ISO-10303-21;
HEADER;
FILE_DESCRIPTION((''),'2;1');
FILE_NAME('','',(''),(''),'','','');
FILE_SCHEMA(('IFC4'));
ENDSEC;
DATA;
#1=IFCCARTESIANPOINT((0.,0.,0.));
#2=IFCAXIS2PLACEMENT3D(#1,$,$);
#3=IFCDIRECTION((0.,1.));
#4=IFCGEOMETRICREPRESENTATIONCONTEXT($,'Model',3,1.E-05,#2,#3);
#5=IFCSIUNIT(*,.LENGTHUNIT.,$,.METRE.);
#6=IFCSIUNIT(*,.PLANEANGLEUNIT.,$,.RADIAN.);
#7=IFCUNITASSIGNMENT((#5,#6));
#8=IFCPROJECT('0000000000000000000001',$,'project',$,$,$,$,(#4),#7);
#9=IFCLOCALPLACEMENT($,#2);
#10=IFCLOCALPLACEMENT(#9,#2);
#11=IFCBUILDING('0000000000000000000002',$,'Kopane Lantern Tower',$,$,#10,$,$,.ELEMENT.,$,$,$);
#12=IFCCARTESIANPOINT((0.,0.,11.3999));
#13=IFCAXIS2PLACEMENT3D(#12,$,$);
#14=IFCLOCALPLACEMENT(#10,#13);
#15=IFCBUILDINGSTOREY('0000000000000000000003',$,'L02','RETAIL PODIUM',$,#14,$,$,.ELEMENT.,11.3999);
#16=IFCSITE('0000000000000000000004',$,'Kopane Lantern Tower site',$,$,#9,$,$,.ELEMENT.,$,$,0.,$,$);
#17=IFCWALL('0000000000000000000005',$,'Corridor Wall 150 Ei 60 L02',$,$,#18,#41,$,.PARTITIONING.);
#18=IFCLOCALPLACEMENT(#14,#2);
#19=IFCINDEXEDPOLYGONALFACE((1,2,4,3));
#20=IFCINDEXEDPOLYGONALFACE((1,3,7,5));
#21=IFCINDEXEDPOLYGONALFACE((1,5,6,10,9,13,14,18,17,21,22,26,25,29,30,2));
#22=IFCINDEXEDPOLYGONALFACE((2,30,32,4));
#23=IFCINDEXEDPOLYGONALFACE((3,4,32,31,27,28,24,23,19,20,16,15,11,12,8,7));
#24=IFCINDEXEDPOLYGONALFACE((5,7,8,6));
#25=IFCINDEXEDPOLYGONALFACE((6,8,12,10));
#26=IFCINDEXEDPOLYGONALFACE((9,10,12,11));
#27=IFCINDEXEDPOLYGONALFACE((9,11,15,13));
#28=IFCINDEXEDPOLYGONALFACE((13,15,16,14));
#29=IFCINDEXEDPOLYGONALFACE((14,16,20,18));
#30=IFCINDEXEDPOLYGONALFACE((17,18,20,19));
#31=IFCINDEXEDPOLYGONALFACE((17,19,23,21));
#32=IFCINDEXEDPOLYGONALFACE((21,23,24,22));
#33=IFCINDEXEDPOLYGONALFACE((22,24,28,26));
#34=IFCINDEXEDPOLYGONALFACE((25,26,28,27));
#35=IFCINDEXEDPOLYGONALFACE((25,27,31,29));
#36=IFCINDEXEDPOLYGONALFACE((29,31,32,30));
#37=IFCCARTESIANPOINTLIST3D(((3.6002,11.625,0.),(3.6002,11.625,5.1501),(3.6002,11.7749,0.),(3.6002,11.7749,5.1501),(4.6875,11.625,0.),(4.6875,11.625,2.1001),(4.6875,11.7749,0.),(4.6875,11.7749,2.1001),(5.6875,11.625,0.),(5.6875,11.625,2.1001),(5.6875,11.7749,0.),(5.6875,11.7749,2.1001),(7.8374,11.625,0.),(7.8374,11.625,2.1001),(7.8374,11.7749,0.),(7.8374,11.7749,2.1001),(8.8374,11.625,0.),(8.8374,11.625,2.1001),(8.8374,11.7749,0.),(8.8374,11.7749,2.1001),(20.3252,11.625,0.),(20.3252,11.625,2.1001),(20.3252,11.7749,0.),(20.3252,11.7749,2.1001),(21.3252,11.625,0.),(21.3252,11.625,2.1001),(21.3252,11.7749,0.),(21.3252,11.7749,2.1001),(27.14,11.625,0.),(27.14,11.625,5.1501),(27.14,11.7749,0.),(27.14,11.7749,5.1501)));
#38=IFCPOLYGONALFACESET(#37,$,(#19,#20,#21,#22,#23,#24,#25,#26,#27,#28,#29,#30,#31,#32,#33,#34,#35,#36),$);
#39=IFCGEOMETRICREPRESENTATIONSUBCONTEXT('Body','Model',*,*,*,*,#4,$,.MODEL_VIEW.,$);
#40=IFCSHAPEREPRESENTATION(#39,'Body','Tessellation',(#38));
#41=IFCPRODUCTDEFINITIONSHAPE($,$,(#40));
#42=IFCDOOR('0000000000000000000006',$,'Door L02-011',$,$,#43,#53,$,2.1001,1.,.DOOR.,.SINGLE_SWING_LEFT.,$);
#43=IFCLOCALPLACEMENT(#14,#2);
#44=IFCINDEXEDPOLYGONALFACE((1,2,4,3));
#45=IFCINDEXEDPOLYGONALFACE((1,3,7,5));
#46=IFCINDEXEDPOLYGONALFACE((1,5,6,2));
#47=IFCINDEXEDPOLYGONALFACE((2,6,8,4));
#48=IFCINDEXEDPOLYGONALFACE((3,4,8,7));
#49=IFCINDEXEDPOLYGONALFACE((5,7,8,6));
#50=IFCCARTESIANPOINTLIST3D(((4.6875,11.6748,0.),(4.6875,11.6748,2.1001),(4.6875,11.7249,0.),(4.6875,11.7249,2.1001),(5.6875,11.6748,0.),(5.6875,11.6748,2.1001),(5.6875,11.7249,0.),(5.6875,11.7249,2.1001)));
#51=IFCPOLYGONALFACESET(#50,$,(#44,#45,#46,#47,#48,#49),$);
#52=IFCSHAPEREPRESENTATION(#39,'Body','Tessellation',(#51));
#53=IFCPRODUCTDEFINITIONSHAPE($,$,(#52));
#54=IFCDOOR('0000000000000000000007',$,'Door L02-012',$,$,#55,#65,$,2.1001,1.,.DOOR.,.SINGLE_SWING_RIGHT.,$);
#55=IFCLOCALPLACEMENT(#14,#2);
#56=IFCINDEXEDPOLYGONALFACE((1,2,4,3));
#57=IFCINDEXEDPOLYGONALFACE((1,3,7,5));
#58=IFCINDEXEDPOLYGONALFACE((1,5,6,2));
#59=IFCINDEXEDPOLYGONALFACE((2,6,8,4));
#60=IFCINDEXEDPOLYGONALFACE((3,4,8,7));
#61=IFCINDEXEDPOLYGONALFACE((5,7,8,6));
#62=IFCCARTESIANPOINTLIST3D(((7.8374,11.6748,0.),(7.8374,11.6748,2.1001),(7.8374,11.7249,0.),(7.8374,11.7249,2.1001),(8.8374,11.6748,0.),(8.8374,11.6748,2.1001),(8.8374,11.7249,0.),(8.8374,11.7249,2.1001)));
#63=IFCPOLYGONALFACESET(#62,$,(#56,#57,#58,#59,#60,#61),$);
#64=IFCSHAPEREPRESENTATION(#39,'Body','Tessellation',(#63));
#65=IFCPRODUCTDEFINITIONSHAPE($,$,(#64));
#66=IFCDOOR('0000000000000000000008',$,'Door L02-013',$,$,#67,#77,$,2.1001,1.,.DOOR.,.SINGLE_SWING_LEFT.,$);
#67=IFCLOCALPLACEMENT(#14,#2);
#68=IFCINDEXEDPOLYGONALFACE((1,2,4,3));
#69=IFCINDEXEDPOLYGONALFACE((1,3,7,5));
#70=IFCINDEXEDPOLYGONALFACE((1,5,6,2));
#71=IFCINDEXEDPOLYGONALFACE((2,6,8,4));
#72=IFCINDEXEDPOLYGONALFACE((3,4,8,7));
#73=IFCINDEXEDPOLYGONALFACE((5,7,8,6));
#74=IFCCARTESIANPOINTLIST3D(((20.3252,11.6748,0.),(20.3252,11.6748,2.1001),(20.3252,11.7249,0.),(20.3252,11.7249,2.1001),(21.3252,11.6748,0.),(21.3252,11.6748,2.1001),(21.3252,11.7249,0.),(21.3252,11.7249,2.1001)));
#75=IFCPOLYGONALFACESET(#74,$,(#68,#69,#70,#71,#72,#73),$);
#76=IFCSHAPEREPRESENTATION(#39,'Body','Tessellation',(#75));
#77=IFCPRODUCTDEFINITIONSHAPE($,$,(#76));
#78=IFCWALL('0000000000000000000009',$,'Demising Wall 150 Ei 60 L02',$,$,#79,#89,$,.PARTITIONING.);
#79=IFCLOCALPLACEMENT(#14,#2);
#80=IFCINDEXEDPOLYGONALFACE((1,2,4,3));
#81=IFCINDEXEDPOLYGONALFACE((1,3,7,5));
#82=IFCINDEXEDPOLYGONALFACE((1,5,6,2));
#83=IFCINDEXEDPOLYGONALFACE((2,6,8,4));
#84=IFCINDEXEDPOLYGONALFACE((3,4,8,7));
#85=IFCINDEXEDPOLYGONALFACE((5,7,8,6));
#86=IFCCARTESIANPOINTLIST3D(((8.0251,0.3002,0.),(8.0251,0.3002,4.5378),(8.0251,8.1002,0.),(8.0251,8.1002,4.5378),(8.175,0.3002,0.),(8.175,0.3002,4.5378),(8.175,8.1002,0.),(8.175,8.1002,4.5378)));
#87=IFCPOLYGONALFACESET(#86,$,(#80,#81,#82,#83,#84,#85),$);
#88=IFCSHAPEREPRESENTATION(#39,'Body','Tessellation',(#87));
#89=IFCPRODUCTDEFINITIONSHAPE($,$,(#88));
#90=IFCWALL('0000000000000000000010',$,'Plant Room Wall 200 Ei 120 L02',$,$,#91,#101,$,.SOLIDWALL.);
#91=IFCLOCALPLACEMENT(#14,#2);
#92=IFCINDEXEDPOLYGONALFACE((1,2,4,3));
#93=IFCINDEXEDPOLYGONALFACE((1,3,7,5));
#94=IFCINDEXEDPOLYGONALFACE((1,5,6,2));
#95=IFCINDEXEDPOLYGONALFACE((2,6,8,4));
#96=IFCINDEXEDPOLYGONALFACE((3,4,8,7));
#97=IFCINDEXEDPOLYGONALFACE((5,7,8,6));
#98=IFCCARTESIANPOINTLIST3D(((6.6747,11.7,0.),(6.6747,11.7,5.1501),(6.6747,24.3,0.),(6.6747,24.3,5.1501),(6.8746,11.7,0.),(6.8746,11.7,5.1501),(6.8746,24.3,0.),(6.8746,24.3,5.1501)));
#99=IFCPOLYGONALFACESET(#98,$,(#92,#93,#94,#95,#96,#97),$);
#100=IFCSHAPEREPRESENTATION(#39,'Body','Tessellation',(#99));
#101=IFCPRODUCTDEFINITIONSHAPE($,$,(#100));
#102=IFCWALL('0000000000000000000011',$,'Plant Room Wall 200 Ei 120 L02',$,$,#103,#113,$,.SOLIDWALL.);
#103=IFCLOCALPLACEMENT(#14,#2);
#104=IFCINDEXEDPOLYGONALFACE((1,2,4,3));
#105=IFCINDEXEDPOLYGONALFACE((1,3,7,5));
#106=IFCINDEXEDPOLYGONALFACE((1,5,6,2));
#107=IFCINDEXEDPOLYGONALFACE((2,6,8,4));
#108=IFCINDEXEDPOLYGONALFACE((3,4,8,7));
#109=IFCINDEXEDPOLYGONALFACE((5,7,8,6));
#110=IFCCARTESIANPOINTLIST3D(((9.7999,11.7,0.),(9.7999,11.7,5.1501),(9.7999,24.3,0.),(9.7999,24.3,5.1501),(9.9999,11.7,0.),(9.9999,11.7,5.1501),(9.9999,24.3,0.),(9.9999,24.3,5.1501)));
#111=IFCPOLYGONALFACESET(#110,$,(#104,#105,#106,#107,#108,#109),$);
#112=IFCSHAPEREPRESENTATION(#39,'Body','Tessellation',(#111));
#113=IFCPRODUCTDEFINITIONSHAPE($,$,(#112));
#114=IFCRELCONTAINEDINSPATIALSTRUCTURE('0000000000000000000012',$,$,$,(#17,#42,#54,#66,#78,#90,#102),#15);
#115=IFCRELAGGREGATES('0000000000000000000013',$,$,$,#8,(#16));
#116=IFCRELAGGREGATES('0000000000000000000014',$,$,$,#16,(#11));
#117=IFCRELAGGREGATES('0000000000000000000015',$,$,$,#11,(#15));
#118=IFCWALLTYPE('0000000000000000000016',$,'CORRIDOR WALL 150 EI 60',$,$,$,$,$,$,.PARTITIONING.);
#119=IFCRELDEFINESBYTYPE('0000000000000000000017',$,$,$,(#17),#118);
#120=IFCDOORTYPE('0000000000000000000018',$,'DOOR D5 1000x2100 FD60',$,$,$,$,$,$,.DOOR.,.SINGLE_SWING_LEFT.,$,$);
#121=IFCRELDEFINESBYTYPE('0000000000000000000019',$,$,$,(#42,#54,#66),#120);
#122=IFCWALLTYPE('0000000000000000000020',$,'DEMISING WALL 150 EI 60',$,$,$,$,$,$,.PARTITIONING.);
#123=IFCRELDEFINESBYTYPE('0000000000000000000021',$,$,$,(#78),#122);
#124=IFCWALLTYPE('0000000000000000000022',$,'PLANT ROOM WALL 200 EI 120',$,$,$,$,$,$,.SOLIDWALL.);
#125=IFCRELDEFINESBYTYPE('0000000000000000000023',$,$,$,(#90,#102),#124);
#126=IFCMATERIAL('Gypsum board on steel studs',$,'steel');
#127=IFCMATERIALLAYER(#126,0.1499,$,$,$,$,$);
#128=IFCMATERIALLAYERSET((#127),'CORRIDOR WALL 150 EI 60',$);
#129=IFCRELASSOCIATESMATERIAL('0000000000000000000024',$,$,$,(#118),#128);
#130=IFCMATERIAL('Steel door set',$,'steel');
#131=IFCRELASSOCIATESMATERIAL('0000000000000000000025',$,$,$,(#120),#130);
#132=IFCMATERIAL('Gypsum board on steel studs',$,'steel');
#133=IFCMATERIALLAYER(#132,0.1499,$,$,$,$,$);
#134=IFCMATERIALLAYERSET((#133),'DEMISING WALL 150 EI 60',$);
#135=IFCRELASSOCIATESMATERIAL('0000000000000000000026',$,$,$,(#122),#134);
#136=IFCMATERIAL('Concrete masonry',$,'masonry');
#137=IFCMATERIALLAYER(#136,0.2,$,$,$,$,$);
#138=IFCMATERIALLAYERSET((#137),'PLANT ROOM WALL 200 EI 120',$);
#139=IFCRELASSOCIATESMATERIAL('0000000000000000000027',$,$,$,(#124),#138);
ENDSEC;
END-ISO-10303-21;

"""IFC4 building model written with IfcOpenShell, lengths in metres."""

from ifc_helpers import new_model, si_unit, direction, frame, frame_2d, origin, place, context, subcontext, project, spatial, rectangle, extrude, material, layer, layer_set, type_object, element, fill, save


model = new_model("IFC4")

# Units and contexts
model_context = context("Model", 3, precision=1e-05, world=origin(), true_north=direction((0.0, 1.0)))
body_context = subcontext(model_context, "Body", "Model", "MODEL_VIEW")
ifc_project = project(units=[si_unit("LENGTHUNIT", "METRE"), si_unit("PLANEANGLEUNIT", "RADIAN")], contexts=[model_context])

# Site, building, storey
site_placement = place(None, origin())
site = spatial("IfcSite", under=ifc_project, at=site_placement, Name="Kopane Lantern Tower site", CompositionType="ELEMENT", RefElevation=0.0)
building_placement = place(site_placement, origin())
building = spatial("IfcBuilding", under=site, at=building_placement, Name="Kopane Lantern Tower", CompositionType="ELEMENT")
storey_placement = place(building_placement, frame((0.0, 0.0, 11.3999)))
storey = spatial("IfcBuildingStorey", under=building, at=storey_placement, Name="L02", Description="RETAIL PODIUM", CompositionType="ELEMENT", Elevation=11.3999)

# Wall, openings, doors
ifc_material_1 = material(Name="Gypsum board on steel studs", Category="steel")
ifc_layer_1 = layer(ifc_material_1, 0.1499)
ifc_layer_set_1 = layer_set([ifc_layer_1], Name="CORRIDOR WALL 150 EI 60")
wall_type_1 = type_object("IfcWallType", Name="CORRIDOR WALL 150 EI 60", PredefinedType="PARTITIONING", material=ifc_layer_set_1)
wall_1_placement = place(storey_placement, frame((3.6001, 11.7, 0.0), z_axis=(0.0, 0.0, 1.0), x_axis=(1.0, 0.0, 0.0)))
wall_1 = element("IfcWall", 1, at=wall_1_placement, inside=storey, type_object=wall_type_1, Name="Corridor Wall 150 Ei 60 L02", PredefinedType="PARTITIONING", context=body_context, shape_type="SweptSolid", body=[
    extrude(rectangle(XDim=23.5398, YDim=0.1499, at=frame_2d((11.77, 0.0))), origin(), (0.0, 0.0, 1.0), 5.1501),
])
opening_1_placement = place(wall_1_placement, frame((1.0874, 0.0, 0.0)))
opening_1 = element("IfcOpeningElement", 2, at=opening_1_placement, cuts=wall_1, PredefinedType="OPENING", context=body_context, shape_type="SweptSolid", body=[
    extrude(rectangle(XDim=1.0, YDim=2.1001, at=frame_2d((0.5, 1.05))), frame((0.0, 0.085, 0.0), z_axis=(0.0, -1.0, 0.0), x_axis=(1.0, 0.0, 0.0)), (0.0, 0.0, 1.0), 0.1699),
])
opening_2_placement = place(wall_1_placement, frame((4.2373, 0.0, 0.0)))
opening_2 = element("IfcOpeningElement", 3, at=opening_2_placement, cuts=wall_1, PredefinedType="OPENING", context=body_context, shape_type="SweptSolid", body=[
    extrude(rectangle(XDim=1.0, YDim=2.1001, at=frame_2d((0.5, 1.05))), frame((0.0, 0.085, 0.0), z_axis=(0.0, -1.0, 0.0), x_axis=(1.0, 0.0, 0.0)), (0.0, 0.0, 1.0), 0.1699),
])
opening_3_placement = place(wall_1_placement, frame((16.7251, 0.0, 0.0)))
opening_3 = element("IfcOpeningElement", 4, at=opening_3_placement, cuts=wall_1, PredefinedType="OPENING", context=body_context, shape_type="SweptSolid", body=[
    extrude(rectangle(XDim=1.0, YDim=2.1001, at=frame_2d((0.5, 1.05))), frame((0.0, 0.085, 0.0), z_axis=(0.0, -1.0, 0.0), x_axis=(1.0, 0.0, 0.0)), (0.0, 0.0, 1.0), 0.1699),
])
ifc_material_2 = material(Name="Steel door set", Category="steel")
door_type_1 = type_object("IfcDoorType", Name="DOOR D5 1000x2100 FD60", OperationType="SINGLE_SWING_LEFT", PredefinedType="DOOR", material=ifc_material_2)
door_1_placement = place(opening_1_placement, origin())
door_1 = element("IfcDoor", 5, at=door_1_placement, inside=storey, type_object=door_type_1, Name="Door L02-011", OperationType="SINGLE_SWING_LEFT", OverallHeight=2.1001, OverallWidth=1.0, PredefinedType="DOOR", context=body_context, shape_type="SweptSolid", body=[
    extrude(rectangle(XDim=1.0, YDim=2.1001, at=frame_2d((0.5, 1.05))), frame((0.0, 0.0249, 0.0), z_axis=(0.0, -1.0, 0.0), x_axis=(1.0, 0.0, 0.0)), (0.0, 0.0, 1.0), 0.05),
])
fill(opening_1, door_1)
door_2_placement = place(opening_2_placement, origin())
door_2 = element("IfcDoor", 6, at=door_2_placement, inside=storey, type_object=door_type_1, Name="Door L02-012", OperationType="SINGLE_SWING_RIGHT", OverallHeight=2.1001, OverallWidth=1.0, PredefinedType="DOOR", context=body_context, shape_type="SweptSolid", body=[
    extrude(rectangle(XDim=1.0, YDim=2.1001, at=frame_2d((0.5, 1.05))), frame((0.0, 0.0249, 0.0), z_axis=(0.0, -1.0, 0.0), x_axis=(1.0, 0.0, 0.0)), (0.0, 0.0, 1.0), 0.05),
])
fill(opening_2, door_2)
door_3_placement = place(opening_3_placement, origin())
door_3 = element("IfcDoor", 7, at=door_3_placement, inside=storey, type_object=door_type_1, Name="Door L02-013", OperationType="SINGLE_SWING_LEFT", OverallHeight=2.1001, OverallWidth=1.0, PredefinedType="DOOR", context=body_context, shape_type="SweptSolid", body=[
    extrude(rectangle(XDim=1.0, YDim=2.1001, at=frame_2d((0.5, 1.05))), frame((0.0, 0.0249, 0.0), z_axis=(0.0, -1.0, 0.0), x_axis=(1.0, 0.0, 0.0)), (0.0, 0.0, 1.0), 0.05),
])
fill(opening_3, door_3)

# Walls
ifc_material_3 = material(Name="Gypsum board on steel studs", Category="steel")
ifc_layer_2 = layer(ifc_material_3, 0.1499)
ifc_layer_set_2 = layer_set([ifc_layer_2], Name="DEMISING WALL 150 EI 60")
wall_type_2 = type_object("IfcWallType", Name="DEMISING WALL 150 EI 60", PredefinedType="PARTITIONING", material=ifc_layer_set_2)
wall_2_placement = place(storey_placement, frame((8.1001, 8.1001, 0.0), z_axis=(0.0, 0.0, 1.0), x_axis=(0.0, -1.0, 0.0)))
element("IfcWall", 8, at=wall_2_placement, inside=storey, type_object=wall_type_2, Name="Demising Wall 150 Ei 60 L02", PredefinedType="PARTITIONING", context=body_context, shape_type="SweptSolid", body=[
    extrude(rectangle(XDim=7.8, YDim=0.1499, at=frame_2d((3.8999, 0.0))), origin(), (0.0, 0.0, 1.0), 4.5378),
])
ifc_material_4 = material(Name="Concrete masonry", Category="masonry")
ifc_layer_3 = layer(ifc_material_4, 0.2)
ifc_layer_set_3 = layer_set([ifc_layer_3], Name="PLANT ROOM WALL 200 EI 120")
wall_type_3 = type_object("IfcWallType", Name="PLANT ROOM WALL 200 EI 120", PredefinedType="SOLIDWALL", material=ifc_layer_set_3)
for number, where, z_axis, x_axis, name in (
    (9, (6.7747, 11.7, 0.0), (0.0, 0.0, 1.0), (0.0, 1.0, 0.0), "Plant Room Wall 200 Ei 120 L02"),
    (10, (9.8999, 11.7, 0.0), (0.0, 0.0, 1.0), (0.0, 1.0, 0.0), "Plant Room Wall 200 Ei 120 L02"),
):
    element("IfcWall", number, at=place(storey_placement, frame(where, z_axis=z_axis, x_axis=x_axis)), inside=storey, type_object=wall_type_3, Name=name, PredefinedType="SOLIDWALL", context=body_context, shape_type="SweptSolid", body=[
        extrude(rectangle(XDim=12.6001, YDim=0.2, at=frame_2d((6.3, 0.0))), origin(), (0.0, 0.0, 1.0), 5.1501),
    ])

save(model, "model.ifc")
